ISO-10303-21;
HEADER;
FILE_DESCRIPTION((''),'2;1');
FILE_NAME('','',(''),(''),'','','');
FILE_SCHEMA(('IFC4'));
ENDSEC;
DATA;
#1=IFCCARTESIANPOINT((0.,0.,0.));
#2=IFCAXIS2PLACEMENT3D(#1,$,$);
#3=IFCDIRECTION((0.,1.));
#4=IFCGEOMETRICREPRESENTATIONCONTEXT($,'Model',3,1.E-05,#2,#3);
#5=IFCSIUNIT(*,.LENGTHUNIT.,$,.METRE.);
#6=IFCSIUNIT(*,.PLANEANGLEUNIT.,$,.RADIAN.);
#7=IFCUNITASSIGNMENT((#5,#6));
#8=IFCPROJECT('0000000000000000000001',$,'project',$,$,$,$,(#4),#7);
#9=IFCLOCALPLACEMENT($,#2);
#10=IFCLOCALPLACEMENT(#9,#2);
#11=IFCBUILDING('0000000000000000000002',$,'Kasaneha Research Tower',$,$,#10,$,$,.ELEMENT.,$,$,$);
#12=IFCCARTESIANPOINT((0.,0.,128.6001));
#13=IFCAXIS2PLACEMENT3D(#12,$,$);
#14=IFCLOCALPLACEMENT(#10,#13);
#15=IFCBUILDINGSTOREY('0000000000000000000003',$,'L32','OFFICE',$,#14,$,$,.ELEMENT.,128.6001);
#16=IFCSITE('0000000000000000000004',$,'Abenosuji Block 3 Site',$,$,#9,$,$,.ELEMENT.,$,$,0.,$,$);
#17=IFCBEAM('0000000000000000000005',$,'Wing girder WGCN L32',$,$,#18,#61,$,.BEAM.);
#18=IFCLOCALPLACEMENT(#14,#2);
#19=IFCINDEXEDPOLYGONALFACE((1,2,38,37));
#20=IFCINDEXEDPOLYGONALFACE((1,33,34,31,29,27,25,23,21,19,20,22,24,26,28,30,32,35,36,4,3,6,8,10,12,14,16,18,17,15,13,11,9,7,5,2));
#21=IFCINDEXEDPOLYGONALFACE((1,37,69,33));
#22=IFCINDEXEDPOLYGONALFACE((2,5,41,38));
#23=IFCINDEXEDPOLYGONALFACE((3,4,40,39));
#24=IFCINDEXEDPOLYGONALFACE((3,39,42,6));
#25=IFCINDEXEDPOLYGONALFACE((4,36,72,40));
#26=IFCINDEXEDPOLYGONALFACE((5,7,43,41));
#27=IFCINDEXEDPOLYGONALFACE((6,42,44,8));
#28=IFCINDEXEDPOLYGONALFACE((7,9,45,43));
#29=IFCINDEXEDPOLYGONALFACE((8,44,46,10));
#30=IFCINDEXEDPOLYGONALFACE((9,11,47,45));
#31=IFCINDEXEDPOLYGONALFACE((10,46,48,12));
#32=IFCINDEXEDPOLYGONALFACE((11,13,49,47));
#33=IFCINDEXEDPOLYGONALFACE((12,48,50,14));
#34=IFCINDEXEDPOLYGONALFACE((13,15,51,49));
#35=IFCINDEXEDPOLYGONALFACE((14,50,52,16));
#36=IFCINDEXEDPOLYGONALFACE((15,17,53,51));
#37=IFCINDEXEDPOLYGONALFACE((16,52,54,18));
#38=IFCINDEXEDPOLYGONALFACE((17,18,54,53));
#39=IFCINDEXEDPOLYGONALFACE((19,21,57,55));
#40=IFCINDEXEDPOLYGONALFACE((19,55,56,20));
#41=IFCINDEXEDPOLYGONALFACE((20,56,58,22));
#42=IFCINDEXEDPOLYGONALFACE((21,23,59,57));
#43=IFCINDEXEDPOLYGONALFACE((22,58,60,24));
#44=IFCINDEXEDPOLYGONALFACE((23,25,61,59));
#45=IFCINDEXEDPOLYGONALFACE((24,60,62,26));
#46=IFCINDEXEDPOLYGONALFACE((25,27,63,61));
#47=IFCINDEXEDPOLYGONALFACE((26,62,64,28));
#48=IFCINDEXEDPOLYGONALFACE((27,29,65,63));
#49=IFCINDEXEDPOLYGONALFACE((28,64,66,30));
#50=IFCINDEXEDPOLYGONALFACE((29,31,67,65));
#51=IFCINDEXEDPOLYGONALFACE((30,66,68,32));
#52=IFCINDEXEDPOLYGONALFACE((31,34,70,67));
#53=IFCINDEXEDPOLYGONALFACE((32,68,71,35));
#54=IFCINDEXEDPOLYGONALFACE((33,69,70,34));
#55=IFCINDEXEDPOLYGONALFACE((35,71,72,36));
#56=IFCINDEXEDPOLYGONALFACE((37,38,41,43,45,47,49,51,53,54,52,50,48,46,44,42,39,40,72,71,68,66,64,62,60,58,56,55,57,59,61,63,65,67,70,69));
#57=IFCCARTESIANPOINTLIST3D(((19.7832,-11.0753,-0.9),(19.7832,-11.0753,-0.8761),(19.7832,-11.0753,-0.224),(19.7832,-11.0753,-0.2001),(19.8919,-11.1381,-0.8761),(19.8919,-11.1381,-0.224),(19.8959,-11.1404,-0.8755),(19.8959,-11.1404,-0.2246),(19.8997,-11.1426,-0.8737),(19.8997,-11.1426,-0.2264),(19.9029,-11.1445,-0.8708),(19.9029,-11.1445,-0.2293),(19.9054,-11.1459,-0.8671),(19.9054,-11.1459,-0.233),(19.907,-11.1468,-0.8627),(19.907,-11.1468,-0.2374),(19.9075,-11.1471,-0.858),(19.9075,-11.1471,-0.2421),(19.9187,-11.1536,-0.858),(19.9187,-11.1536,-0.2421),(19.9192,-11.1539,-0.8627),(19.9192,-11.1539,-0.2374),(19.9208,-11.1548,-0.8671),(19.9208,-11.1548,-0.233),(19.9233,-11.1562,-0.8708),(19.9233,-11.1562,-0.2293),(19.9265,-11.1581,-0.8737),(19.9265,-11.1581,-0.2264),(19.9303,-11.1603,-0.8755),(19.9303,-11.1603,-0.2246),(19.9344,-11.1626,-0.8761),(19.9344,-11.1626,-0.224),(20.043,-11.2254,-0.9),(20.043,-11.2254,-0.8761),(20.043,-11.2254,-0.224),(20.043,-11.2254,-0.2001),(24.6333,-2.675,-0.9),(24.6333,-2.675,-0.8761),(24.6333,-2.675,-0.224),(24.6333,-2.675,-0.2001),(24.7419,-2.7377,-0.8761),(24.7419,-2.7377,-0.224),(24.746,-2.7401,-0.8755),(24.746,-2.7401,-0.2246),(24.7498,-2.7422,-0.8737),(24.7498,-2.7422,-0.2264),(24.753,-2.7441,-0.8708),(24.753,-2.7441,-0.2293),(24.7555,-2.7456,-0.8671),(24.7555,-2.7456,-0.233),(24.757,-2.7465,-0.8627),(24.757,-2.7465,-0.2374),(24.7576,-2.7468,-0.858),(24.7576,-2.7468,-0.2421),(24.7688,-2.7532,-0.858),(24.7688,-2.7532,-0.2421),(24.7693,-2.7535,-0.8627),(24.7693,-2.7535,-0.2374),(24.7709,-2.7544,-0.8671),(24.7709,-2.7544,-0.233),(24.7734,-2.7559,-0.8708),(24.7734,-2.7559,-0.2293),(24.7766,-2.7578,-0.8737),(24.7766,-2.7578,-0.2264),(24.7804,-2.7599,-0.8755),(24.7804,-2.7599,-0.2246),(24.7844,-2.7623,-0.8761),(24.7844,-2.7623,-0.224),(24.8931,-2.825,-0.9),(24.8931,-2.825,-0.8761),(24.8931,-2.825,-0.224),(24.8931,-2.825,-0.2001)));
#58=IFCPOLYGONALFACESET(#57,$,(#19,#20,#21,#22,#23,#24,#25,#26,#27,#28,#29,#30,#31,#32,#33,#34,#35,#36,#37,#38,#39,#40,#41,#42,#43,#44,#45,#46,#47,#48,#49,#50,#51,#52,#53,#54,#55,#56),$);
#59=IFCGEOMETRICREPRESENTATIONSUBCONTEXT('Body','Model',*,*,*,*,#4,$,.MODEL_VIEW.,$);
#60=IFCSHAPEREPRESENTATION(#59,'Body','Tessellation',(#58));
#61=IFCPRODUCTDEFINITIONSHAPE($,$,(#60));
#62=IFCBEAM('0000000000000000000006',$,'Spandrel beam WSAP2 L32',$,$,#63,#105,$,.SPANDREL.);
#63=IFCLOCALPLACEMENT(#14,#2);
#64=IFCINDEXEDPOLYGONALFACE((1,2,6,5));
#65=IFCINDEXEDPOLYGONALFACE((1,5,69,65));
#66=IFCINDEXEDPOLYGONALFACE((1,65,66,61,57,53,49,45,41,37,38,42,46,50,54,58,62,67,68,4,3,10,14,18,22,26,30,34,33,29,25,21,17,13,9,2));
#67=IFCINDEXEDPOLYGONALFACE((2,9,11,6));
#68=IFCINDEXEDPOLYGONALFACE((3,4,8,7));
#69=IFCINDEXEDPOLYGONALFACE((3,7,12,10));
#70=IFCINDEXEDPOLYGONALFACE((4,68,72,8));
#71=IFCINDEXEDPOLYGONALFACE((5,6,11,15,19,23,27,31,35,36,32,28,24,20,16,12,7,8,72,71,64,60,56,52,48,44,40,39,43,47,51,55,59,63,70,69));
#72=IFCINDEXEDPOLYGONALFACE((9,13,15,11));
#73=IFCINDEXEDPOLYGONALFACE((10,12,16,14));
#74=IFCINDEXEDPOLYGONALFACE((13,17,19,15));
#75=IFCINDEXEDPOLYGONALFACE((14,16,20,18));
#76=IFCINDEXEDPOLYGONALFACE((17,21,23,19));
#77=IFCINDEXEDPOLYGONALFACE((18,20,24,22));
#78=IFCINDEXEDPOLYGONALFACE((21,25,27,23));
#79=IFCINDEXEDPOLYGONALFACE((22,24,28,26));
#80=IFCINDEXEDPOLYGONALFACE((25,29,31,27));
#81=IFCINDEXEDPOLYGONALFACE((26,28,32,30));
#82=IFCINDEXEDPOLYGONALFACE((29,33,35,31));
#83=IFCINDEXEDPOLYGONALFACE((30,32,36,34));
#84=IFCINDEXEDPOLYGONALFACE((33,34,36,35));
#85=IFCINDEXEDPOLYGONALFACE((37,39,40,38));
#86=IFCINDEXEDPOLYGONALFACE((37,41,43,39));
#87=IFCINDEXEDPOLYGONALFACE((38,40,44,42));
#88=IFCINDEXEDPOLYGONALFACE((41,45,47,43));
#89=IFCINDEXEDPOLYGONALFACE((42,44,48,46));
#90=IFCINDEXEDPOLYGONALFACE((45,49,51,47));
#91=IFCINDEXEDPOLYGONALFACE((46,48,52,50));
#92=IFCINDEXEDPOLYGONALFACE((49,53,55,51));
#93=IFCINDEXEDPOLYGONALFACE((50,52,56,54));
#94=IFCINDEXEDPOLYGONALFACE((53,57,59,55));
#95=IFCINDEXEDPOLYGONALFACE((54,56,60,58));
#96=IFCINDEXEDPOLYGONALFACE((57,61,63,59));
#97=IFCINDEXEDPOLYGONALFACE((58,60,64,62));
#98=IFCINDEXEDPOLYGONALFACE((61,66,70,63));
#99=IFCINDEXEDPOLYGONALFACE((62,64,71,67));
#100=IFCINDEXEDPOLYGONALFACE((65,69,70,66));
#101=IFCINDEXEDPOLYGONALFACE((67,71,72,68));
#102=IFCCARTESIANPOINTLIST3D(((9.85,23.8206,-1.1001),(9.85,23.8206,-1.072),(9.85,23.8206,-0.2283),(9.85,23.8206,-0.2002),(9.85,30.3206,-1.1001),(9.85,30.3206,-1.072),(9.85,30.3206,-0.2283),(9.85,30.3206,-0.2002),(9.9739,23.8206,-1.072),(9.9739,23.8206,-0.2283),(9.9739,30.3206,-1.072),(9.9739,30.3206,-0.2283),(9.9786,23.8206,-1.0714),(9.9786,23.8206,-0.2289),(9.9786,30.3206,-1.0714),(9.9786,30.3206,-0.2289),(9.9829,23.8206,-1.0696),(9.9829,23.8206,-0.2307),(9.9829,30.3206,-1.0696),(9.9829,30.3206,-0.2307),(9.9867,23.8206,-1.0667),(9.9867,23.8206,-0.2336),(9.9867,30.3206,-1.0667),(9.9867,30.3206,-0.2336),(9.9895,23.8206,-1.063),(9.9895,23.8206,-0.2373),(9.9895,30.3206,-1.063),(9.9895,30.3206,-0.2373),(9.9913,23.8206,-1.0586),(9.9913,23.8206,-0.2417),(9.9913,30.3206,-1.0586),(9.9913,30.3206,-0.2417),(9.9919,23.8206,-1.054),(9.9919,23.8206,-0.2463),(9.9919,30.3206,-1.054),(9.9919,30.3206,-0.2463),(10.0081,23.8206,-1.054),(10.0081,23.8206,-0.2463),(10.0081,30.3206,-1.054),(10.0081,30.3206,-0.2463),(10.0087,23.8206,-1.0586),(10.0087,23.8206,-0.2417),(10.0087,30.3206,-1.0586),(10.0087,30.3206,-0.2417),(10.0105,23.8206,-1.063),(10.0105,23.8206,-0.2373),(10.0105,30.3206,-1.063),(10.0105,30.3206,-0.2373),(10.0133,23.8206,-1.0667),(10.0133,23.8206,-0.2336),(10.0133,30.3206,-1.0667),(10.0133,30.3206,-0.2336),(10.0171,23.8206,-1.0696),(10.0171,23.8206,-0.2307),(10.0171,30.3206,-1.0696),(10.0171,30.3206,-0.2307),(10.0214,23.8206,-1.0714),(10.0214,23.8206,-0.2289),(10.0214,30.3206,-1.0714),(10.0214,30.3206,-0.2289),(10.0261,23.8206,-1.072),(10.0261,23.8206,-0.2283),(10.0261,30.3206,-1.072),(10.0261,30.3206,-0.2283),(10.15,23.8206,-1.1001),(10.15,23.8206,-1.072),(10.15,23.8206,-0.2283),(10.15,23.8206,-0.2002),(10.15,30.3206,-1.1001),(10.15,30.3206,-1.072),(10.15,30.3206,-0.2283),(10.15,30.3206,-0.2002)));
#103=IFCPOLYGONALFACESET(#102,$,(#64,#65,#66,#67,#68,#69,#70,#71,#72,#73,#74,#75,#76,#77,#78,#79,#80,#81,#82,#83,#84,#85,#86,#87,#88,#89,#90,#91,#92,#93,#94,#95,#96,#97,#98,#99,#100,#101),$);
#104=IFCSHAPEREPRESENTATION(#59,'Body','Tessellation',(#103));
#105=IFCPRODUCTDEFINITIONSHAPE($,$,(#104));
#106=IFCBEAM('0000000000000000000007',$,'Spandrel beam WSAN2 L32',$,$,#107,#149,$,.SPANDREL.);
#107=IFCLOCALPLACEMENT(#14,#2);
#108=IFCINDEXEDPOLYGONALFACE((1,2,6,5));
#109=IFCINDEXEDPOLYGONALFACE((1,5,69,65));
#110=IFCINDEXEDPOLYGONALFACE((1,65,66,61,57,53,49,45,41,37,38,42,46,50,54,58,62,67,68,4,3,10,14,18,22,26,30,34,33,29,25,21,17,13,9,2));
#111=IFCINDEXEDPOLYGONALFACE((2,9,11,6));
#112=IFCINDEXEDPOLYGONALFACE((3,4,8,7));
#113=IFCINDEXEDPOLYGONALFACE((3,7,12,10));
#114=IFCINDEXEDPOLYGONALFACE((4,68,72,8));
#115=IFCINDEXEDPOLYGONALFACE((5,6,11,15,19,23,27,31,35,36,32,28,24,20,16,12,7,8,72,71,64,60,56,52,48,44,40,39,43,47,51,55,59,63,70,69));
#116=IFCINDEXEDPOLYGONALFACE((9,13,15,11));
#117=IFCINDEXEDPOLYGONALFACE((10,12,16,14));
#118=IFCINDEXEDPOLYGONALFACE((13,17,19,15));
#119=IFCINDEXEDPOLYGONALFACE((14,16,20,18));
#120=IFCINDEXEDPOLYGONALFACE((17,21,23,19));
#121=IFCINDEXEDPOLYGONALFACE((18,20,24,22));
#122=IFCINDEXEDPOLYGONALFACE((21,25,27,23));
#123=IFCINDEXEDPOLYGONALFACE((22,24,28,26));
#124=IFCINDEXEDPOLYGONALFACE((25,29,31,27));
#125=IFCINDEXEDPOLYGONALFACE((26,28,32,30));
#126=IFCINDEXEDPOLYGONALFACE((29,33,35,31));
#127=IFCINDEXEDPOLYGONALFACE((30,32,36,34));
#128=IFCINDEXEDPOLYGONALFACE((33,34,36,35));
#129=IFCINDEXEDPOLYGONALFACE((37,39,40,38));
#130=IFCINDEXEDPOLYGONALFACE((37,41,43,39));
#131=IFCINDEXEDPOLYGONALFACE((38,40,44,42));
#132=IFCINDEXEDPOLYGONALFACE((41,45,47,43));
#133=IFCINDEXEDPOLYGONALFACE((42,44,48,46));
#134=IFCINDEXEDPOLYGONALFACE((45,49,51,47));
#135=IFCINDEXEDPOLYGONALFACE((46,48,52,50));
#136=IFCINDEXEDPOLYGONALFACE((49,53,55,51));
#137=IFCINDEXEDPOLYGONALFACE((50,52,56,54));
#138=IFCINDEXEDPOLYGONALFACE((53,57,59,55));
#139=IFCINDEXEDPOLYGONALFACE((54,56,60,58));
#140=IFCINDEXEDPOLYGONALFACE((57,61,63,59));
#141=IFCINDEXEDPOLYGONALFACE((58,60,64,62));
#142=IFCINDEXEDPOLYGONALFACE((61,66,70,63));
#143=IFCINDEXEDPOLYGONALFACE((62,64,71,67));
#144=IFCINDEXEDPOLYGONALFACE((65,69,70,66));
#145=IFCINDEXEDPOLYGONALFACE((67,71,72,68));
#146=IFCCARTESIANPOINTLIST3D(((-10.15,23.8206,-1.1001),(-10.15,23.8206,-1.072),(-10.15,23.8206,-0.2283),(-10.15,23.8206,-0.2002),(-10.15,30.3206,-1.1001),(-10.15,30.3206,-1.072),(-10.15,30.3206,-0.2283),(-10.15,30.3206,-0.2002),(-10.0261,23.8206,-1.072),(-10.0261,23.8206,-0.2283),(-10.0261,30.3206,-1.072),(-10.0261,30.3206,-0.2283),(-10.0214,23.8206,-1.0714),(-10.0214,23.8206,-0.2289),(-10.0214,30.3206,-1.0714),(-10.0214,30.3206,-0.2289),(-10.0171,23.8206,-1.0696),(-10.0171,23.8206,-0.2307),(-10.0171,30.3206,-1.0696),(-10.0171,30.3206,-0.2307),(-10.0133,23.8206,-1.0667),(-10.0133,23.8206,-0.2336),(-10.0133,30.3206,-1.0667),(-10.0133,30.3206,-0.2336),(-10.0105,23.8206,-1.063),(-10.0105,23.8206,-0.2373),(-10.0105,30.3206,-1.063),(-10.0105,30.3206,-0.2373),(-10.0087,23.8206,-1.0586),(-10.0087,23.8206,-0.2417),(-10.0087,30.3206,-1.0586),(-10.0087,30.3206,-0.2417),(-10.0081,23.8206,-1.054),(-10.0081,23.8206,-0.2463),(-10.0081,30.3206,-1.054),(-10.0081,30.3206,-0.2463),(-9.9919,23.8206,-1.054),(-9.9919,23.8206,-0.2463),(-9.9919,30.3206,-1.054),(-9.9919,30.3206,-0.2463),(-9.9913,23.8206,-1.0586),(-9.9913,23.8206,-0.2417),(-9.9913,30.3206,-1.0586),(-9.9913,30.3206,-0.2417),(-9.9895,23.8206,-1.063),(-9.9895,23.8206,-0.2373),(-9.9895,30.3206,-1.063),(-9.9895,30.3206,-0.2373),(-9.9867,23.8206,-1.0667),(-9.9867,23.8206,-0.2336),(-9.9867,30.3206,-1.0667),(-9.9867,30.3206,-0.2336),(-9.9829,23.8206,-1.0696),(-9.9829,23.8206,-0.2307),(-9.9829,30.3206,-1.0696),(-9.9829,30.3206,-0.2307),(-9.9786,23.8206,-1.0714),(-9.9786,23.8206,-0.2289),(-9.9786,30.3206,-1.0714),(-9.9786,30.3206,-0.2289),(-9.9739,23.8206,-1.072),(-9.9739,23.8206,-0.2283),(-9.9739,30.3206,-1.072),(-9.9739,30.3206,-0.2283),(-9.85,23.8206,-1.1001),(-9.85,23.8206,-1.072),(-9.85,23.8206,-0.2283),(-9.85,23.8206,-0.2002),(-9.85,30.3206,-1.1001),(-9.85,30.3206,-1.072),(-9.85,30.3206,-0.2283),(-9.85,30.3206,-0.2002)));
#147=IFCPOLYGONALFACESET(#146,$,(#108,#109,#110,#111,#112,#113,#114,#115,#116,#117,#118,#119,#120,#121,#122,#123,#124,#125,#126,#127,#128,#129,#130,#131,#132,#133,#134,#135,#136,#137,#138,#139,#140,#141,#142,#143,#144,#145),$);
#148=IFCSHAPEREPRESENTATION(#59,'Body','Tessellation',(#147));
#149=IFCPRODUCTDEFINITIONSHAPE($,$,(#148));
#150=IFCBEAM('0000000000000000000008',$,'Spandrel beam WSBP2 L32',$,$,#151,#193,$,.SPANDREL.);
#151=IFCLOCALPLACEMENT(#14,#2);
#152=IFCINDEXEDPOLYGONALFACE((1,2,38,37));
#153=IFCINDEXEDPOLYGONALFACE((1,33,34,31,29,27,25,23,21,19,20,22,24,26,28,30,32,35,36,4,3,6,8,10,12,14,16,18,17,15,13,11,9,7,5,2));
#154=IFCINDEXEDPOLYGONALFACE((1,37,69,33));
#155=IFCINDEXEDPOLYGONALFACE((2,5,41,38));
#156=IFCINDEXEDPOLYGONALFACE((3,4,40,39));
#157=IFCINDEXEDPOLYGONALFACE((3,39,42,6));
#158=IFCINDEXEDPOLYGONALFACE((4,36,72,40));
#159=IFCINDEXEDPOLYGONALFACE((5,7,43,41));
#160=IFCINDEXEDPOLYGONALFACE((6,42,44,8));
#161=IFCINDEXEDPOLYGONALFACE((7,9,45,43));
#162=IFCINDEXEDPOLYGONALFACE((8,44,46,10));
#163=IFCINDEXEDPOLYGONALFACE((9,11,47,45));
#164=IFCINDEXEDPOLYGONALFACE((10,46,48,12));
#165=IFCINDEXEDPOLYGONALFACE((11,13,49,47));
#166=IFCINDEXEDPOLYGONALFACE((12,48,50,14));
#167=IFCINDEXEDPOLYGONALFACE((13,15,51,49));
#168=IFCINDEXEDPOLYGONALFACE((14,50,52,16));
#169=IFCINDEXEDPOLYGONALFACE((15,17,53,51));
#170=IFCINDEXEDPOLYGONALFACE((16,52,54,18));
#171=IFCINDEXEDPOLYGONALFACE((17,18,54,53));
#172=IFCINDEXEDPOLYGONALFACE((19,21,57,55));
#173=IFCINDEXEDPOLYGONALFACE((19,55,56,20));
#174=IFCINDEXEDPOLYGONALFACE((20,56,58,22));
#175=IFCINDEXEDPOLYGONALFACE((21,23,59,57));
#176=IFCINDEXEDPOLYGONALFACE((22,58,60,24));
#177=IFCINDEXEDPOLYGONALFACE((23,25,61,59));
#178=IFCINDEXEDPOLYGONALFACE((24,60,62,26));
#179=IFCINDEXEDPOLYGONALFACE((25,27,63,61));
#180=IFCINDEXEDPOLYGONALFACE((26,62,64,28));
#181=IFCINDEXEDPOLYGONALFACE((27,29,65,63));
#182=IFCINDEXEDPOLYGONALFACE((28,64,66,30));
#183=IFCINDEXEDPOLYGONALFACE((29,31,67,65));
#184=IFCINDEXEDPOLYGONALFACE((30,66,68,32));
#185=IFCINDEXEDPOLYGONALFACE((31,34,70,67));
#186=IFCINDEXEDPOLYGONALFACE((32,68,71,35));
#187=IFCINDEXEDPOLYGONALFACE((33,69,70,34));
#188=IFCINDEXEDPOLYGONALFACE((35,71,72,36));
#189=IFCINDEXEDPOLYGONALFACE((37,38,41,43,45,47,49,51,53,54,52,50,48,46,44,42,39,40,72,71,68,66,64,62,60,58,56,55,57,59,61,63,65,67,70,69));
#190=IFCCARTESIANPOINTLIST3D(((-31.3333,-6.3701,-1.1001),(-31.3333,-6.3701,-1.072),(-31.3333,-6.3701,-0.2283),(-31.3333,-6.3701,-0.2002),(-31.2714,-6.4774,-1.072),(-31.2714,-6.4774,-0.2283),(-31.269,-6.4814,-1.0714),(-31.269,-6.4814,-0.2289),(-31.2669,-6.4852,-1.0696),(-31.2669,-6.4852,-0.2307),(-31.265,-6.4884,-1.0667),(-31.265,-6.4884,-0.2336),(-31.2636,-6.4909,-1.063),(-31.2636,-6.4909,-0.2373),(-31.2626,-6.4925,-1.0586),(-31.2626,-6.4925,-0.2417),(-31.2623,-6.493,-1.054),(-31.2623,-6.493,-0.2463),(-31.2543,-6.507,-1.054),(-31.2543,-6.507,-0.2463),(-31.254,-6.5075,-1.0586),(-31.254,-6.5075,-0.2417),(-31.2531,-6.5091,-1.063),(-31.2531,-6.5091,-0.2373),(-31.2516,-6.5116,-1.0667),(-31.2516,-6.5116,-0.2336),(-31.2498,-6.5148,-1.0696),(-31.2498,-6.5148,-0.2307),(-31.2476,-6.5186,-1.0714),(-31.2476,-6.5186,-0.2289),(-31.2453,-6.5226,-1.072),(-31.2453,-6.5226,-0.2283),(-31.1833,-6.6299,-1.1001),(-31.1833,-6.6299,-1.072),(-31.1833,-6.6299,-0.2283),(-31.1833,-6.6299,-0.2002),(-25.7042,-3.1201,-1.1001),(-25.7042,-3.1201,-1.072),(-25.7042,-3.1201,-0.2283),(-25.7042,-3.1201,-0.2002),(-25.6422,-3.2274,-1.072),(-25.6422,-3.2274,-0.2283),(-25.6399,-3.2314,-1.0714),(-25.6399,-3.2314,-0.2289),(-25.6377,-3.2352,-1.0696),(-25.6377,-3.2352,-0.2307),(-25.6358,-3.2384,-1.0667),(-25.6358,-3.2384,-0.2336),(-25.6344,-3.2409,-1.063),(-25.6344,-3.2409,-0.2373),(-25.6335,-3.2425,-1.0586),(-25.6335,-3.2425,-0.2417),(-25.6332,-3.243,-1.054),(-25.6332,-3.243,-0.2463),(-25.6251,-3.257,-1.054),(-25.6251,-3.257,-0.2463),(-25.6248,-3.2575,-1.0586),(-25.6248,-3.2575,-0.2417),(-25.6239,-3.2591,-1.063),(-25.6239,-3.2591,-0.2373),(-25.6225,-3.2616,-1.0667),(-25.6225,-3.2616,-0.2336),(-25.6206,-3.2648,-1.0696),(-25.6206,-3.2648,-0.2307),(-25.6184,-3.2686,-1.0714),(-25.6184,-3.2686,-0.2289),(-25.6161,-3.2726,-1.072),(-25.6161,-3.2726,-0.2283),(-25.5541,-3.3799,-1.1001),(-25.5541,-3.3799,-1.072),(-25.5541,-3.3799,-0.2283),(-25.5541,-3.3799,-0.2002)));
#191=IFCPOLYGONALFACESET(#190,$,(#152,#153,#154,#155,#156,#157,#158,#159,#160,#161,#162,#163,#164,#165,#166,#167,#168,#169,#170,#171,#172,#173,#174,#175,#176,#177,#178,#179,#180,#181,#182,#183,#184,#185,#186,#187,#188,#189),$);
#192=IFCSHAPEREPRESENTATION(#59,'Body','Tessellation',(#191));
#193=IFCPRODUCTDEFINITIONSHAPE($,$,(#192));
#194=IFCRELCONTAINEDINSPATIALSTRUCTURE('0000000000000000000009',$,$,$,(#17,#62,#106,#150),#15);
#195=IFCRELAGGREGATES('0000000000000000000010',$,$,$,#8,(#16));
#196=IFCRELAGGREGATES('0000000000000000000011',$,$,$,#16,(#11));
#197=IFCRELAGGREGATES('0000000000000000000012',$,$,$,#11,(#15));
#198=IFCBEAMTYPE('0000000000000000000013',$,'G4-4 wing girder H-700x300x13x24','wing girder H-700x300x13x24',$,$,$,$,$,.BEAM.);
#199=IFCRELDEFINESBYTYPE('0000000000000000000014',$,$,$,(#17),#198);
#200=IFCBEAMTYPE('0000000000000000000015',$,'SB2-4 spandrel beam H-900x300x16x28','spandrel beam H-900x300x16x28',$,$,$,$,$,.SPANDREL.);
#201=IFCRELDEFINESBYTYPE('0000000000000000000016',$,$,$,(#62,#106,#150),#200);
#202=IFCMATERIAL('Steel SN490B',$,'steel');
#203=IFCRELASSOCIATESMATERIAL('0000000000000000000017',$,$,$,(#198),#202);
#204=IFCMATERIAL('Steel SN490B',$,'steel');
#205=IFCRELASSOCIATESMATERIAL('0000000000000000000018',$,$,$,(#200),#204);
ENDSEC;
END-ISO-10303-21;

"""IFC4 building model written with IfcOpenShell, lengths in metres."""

from ifc_helpers import new_model, si_unit, direction, frame, origin, origin_2d, place, context, subcontext, project, spatial, i_section, extrude, material, material_profile, profile_set, type_object, element, save


model = new_model("IFC4")

# Units and contexts
model_context = context("Model", 3, precision=1e-05, world=origin(), true_north=direction((0.0, 1.0)))
body_context = subcontext(model_context, "Body", "Model", "MODEL_VIEW")
ifc_project = project(units=[si_unit("LENGTHUNIT", "METRE"), si_unit("PLANEANGLEUNIT", "RADIAN")], contexts=[model_context])

# Site, building, storey
site_placement = place(None, origin())
site = spatial("IfcSite", under=ifc_project, at=site_placement, Name="Abenosuji Block 3 Site", CompositionType="ELEMENT", RefElevation=0.0)
building_placement = place(site_placement, origin())
building = spatial("IfcBuilding", under=site, at=building_placement, Name="Kasaneha Research Tower", CompositionType="ELEMENT")
storey_placement = place(building_placement, frame((0.0, 0.0, 128.6001)))
storey = spatial("IfcBuildingStorey", under=building, at=storey_placement, Name="L32", Description="OFFICE", CompositionType="ELEMENT", Elevation=128.6001)

# Beams
ifc_material_1 = material(Name="Steel SN490B", Category="steel")
ifc_material_profile_1 = material_profile(ifc_material_1, i_section(OverallWidth=0.3, OverallDepth=0.7, WebThickness=0.0129, FlangeThickness=0.0239, FilletRadius=0.0181, at=origin_2d()), Name="H-700x300x13x24")
ifc_profile_set_1 = profile_set([ifc_material_profile_1], Name="Steel SN490B")
beam_type_1 = type_object("IfcBeamType", Name="G4-4 wing girder H-700x300x13x24", Description="wing girder H-700x300x13x24", PredefinedType="BEAM", material=ifc_profile_set_1)
for number, where, z_axis, x_axis, name in (
    (1, (24.7632, -2.75, -0.55), (-0.50001, -0.86602, 0.0), (0.86602, -0.50001, 0.0), "Wing girder WGCN L32"),
):
    element("IfcBeam", number, at=place(storey_placement, frame(where, z_axis=z_axis, x_axis=x_axis)), inside=storey, type_object=beam_type_1, Name=name, PredefinedType="BEAM", context=body_context, shape_type="SweptSolid", body=[
        extrude(i_section(OverallWidth=0.3, OverallDepth=0.7, WebThickness=0.0129, FlangeThickness=0.0239, FilletRadius=0.0181, at=origin_2d()), origin(), (0.0, 0.0, 1.0), 9.7),
    ])
ifc_material_2 = material(Name="Steel SN490B", Category="steel")
ifc_material_profile_2 = material_profile(ifc_material_2, i_section(OverallWidth=0.3, OverallDepth=0.8999, WebThickness=0.0161, FlangeThickness=0.0281, FilletRadius=0.0181, at=origin_2d()), Name="H-900x300x16x28")
ifc_profile_set_2 = profile_set([ifc_material_profile_2], Name="Steel SN490B")
beam_type_2 = type_object("IfcBeamType", Name="SB2-4 spandrel beam H-900x300x16x28", Description="spandrel beam H-900x300x16x28", PredefinedType="SPANDREL", material=ifc_profile_set_2)
for number, where, z_axis, x_axis, name in (
    (2, (10.0, 23.8206, -0.6501), (0.0, 1.0, 0.0), (-1.0, 0.0, 0.0), "Spandrel beam WSAP2 L32"),
    (3, (-10.0, 23.8206, -0.6501), (0.0, 1.0, 0.0), (-1.0, 0.0, 0.0), "Spandrel beam WSAN2 L32"),
    (4, (-25.6292, -3.25, -0.6501), (-0.866025, -0.500001, 0.0), (0.500001, -0.866025, 0.0), "Spandrel beam WSBP2 L32"),
):
    element("IfcBeam", number, at=place(storey_placement, frame(where, z_axis=z_axis, x_axis=x_axis)), inside=storey, type_object=beam_type_2, Name=name, PredefinedType="SPANDREL", context=body_context, shape_type="SweptSolid", body=[
        extrude(i_section(OverallWidth=0.3, OverallDepth=0.8999, WebThickness=0.0161, FlangeThickness=0.0281, FilletRadius=0.0181, at=origin_2d()), origin(), (0.0, 0.0, 1.0), 6.5),
    ])

save(model, "model.ifc")
